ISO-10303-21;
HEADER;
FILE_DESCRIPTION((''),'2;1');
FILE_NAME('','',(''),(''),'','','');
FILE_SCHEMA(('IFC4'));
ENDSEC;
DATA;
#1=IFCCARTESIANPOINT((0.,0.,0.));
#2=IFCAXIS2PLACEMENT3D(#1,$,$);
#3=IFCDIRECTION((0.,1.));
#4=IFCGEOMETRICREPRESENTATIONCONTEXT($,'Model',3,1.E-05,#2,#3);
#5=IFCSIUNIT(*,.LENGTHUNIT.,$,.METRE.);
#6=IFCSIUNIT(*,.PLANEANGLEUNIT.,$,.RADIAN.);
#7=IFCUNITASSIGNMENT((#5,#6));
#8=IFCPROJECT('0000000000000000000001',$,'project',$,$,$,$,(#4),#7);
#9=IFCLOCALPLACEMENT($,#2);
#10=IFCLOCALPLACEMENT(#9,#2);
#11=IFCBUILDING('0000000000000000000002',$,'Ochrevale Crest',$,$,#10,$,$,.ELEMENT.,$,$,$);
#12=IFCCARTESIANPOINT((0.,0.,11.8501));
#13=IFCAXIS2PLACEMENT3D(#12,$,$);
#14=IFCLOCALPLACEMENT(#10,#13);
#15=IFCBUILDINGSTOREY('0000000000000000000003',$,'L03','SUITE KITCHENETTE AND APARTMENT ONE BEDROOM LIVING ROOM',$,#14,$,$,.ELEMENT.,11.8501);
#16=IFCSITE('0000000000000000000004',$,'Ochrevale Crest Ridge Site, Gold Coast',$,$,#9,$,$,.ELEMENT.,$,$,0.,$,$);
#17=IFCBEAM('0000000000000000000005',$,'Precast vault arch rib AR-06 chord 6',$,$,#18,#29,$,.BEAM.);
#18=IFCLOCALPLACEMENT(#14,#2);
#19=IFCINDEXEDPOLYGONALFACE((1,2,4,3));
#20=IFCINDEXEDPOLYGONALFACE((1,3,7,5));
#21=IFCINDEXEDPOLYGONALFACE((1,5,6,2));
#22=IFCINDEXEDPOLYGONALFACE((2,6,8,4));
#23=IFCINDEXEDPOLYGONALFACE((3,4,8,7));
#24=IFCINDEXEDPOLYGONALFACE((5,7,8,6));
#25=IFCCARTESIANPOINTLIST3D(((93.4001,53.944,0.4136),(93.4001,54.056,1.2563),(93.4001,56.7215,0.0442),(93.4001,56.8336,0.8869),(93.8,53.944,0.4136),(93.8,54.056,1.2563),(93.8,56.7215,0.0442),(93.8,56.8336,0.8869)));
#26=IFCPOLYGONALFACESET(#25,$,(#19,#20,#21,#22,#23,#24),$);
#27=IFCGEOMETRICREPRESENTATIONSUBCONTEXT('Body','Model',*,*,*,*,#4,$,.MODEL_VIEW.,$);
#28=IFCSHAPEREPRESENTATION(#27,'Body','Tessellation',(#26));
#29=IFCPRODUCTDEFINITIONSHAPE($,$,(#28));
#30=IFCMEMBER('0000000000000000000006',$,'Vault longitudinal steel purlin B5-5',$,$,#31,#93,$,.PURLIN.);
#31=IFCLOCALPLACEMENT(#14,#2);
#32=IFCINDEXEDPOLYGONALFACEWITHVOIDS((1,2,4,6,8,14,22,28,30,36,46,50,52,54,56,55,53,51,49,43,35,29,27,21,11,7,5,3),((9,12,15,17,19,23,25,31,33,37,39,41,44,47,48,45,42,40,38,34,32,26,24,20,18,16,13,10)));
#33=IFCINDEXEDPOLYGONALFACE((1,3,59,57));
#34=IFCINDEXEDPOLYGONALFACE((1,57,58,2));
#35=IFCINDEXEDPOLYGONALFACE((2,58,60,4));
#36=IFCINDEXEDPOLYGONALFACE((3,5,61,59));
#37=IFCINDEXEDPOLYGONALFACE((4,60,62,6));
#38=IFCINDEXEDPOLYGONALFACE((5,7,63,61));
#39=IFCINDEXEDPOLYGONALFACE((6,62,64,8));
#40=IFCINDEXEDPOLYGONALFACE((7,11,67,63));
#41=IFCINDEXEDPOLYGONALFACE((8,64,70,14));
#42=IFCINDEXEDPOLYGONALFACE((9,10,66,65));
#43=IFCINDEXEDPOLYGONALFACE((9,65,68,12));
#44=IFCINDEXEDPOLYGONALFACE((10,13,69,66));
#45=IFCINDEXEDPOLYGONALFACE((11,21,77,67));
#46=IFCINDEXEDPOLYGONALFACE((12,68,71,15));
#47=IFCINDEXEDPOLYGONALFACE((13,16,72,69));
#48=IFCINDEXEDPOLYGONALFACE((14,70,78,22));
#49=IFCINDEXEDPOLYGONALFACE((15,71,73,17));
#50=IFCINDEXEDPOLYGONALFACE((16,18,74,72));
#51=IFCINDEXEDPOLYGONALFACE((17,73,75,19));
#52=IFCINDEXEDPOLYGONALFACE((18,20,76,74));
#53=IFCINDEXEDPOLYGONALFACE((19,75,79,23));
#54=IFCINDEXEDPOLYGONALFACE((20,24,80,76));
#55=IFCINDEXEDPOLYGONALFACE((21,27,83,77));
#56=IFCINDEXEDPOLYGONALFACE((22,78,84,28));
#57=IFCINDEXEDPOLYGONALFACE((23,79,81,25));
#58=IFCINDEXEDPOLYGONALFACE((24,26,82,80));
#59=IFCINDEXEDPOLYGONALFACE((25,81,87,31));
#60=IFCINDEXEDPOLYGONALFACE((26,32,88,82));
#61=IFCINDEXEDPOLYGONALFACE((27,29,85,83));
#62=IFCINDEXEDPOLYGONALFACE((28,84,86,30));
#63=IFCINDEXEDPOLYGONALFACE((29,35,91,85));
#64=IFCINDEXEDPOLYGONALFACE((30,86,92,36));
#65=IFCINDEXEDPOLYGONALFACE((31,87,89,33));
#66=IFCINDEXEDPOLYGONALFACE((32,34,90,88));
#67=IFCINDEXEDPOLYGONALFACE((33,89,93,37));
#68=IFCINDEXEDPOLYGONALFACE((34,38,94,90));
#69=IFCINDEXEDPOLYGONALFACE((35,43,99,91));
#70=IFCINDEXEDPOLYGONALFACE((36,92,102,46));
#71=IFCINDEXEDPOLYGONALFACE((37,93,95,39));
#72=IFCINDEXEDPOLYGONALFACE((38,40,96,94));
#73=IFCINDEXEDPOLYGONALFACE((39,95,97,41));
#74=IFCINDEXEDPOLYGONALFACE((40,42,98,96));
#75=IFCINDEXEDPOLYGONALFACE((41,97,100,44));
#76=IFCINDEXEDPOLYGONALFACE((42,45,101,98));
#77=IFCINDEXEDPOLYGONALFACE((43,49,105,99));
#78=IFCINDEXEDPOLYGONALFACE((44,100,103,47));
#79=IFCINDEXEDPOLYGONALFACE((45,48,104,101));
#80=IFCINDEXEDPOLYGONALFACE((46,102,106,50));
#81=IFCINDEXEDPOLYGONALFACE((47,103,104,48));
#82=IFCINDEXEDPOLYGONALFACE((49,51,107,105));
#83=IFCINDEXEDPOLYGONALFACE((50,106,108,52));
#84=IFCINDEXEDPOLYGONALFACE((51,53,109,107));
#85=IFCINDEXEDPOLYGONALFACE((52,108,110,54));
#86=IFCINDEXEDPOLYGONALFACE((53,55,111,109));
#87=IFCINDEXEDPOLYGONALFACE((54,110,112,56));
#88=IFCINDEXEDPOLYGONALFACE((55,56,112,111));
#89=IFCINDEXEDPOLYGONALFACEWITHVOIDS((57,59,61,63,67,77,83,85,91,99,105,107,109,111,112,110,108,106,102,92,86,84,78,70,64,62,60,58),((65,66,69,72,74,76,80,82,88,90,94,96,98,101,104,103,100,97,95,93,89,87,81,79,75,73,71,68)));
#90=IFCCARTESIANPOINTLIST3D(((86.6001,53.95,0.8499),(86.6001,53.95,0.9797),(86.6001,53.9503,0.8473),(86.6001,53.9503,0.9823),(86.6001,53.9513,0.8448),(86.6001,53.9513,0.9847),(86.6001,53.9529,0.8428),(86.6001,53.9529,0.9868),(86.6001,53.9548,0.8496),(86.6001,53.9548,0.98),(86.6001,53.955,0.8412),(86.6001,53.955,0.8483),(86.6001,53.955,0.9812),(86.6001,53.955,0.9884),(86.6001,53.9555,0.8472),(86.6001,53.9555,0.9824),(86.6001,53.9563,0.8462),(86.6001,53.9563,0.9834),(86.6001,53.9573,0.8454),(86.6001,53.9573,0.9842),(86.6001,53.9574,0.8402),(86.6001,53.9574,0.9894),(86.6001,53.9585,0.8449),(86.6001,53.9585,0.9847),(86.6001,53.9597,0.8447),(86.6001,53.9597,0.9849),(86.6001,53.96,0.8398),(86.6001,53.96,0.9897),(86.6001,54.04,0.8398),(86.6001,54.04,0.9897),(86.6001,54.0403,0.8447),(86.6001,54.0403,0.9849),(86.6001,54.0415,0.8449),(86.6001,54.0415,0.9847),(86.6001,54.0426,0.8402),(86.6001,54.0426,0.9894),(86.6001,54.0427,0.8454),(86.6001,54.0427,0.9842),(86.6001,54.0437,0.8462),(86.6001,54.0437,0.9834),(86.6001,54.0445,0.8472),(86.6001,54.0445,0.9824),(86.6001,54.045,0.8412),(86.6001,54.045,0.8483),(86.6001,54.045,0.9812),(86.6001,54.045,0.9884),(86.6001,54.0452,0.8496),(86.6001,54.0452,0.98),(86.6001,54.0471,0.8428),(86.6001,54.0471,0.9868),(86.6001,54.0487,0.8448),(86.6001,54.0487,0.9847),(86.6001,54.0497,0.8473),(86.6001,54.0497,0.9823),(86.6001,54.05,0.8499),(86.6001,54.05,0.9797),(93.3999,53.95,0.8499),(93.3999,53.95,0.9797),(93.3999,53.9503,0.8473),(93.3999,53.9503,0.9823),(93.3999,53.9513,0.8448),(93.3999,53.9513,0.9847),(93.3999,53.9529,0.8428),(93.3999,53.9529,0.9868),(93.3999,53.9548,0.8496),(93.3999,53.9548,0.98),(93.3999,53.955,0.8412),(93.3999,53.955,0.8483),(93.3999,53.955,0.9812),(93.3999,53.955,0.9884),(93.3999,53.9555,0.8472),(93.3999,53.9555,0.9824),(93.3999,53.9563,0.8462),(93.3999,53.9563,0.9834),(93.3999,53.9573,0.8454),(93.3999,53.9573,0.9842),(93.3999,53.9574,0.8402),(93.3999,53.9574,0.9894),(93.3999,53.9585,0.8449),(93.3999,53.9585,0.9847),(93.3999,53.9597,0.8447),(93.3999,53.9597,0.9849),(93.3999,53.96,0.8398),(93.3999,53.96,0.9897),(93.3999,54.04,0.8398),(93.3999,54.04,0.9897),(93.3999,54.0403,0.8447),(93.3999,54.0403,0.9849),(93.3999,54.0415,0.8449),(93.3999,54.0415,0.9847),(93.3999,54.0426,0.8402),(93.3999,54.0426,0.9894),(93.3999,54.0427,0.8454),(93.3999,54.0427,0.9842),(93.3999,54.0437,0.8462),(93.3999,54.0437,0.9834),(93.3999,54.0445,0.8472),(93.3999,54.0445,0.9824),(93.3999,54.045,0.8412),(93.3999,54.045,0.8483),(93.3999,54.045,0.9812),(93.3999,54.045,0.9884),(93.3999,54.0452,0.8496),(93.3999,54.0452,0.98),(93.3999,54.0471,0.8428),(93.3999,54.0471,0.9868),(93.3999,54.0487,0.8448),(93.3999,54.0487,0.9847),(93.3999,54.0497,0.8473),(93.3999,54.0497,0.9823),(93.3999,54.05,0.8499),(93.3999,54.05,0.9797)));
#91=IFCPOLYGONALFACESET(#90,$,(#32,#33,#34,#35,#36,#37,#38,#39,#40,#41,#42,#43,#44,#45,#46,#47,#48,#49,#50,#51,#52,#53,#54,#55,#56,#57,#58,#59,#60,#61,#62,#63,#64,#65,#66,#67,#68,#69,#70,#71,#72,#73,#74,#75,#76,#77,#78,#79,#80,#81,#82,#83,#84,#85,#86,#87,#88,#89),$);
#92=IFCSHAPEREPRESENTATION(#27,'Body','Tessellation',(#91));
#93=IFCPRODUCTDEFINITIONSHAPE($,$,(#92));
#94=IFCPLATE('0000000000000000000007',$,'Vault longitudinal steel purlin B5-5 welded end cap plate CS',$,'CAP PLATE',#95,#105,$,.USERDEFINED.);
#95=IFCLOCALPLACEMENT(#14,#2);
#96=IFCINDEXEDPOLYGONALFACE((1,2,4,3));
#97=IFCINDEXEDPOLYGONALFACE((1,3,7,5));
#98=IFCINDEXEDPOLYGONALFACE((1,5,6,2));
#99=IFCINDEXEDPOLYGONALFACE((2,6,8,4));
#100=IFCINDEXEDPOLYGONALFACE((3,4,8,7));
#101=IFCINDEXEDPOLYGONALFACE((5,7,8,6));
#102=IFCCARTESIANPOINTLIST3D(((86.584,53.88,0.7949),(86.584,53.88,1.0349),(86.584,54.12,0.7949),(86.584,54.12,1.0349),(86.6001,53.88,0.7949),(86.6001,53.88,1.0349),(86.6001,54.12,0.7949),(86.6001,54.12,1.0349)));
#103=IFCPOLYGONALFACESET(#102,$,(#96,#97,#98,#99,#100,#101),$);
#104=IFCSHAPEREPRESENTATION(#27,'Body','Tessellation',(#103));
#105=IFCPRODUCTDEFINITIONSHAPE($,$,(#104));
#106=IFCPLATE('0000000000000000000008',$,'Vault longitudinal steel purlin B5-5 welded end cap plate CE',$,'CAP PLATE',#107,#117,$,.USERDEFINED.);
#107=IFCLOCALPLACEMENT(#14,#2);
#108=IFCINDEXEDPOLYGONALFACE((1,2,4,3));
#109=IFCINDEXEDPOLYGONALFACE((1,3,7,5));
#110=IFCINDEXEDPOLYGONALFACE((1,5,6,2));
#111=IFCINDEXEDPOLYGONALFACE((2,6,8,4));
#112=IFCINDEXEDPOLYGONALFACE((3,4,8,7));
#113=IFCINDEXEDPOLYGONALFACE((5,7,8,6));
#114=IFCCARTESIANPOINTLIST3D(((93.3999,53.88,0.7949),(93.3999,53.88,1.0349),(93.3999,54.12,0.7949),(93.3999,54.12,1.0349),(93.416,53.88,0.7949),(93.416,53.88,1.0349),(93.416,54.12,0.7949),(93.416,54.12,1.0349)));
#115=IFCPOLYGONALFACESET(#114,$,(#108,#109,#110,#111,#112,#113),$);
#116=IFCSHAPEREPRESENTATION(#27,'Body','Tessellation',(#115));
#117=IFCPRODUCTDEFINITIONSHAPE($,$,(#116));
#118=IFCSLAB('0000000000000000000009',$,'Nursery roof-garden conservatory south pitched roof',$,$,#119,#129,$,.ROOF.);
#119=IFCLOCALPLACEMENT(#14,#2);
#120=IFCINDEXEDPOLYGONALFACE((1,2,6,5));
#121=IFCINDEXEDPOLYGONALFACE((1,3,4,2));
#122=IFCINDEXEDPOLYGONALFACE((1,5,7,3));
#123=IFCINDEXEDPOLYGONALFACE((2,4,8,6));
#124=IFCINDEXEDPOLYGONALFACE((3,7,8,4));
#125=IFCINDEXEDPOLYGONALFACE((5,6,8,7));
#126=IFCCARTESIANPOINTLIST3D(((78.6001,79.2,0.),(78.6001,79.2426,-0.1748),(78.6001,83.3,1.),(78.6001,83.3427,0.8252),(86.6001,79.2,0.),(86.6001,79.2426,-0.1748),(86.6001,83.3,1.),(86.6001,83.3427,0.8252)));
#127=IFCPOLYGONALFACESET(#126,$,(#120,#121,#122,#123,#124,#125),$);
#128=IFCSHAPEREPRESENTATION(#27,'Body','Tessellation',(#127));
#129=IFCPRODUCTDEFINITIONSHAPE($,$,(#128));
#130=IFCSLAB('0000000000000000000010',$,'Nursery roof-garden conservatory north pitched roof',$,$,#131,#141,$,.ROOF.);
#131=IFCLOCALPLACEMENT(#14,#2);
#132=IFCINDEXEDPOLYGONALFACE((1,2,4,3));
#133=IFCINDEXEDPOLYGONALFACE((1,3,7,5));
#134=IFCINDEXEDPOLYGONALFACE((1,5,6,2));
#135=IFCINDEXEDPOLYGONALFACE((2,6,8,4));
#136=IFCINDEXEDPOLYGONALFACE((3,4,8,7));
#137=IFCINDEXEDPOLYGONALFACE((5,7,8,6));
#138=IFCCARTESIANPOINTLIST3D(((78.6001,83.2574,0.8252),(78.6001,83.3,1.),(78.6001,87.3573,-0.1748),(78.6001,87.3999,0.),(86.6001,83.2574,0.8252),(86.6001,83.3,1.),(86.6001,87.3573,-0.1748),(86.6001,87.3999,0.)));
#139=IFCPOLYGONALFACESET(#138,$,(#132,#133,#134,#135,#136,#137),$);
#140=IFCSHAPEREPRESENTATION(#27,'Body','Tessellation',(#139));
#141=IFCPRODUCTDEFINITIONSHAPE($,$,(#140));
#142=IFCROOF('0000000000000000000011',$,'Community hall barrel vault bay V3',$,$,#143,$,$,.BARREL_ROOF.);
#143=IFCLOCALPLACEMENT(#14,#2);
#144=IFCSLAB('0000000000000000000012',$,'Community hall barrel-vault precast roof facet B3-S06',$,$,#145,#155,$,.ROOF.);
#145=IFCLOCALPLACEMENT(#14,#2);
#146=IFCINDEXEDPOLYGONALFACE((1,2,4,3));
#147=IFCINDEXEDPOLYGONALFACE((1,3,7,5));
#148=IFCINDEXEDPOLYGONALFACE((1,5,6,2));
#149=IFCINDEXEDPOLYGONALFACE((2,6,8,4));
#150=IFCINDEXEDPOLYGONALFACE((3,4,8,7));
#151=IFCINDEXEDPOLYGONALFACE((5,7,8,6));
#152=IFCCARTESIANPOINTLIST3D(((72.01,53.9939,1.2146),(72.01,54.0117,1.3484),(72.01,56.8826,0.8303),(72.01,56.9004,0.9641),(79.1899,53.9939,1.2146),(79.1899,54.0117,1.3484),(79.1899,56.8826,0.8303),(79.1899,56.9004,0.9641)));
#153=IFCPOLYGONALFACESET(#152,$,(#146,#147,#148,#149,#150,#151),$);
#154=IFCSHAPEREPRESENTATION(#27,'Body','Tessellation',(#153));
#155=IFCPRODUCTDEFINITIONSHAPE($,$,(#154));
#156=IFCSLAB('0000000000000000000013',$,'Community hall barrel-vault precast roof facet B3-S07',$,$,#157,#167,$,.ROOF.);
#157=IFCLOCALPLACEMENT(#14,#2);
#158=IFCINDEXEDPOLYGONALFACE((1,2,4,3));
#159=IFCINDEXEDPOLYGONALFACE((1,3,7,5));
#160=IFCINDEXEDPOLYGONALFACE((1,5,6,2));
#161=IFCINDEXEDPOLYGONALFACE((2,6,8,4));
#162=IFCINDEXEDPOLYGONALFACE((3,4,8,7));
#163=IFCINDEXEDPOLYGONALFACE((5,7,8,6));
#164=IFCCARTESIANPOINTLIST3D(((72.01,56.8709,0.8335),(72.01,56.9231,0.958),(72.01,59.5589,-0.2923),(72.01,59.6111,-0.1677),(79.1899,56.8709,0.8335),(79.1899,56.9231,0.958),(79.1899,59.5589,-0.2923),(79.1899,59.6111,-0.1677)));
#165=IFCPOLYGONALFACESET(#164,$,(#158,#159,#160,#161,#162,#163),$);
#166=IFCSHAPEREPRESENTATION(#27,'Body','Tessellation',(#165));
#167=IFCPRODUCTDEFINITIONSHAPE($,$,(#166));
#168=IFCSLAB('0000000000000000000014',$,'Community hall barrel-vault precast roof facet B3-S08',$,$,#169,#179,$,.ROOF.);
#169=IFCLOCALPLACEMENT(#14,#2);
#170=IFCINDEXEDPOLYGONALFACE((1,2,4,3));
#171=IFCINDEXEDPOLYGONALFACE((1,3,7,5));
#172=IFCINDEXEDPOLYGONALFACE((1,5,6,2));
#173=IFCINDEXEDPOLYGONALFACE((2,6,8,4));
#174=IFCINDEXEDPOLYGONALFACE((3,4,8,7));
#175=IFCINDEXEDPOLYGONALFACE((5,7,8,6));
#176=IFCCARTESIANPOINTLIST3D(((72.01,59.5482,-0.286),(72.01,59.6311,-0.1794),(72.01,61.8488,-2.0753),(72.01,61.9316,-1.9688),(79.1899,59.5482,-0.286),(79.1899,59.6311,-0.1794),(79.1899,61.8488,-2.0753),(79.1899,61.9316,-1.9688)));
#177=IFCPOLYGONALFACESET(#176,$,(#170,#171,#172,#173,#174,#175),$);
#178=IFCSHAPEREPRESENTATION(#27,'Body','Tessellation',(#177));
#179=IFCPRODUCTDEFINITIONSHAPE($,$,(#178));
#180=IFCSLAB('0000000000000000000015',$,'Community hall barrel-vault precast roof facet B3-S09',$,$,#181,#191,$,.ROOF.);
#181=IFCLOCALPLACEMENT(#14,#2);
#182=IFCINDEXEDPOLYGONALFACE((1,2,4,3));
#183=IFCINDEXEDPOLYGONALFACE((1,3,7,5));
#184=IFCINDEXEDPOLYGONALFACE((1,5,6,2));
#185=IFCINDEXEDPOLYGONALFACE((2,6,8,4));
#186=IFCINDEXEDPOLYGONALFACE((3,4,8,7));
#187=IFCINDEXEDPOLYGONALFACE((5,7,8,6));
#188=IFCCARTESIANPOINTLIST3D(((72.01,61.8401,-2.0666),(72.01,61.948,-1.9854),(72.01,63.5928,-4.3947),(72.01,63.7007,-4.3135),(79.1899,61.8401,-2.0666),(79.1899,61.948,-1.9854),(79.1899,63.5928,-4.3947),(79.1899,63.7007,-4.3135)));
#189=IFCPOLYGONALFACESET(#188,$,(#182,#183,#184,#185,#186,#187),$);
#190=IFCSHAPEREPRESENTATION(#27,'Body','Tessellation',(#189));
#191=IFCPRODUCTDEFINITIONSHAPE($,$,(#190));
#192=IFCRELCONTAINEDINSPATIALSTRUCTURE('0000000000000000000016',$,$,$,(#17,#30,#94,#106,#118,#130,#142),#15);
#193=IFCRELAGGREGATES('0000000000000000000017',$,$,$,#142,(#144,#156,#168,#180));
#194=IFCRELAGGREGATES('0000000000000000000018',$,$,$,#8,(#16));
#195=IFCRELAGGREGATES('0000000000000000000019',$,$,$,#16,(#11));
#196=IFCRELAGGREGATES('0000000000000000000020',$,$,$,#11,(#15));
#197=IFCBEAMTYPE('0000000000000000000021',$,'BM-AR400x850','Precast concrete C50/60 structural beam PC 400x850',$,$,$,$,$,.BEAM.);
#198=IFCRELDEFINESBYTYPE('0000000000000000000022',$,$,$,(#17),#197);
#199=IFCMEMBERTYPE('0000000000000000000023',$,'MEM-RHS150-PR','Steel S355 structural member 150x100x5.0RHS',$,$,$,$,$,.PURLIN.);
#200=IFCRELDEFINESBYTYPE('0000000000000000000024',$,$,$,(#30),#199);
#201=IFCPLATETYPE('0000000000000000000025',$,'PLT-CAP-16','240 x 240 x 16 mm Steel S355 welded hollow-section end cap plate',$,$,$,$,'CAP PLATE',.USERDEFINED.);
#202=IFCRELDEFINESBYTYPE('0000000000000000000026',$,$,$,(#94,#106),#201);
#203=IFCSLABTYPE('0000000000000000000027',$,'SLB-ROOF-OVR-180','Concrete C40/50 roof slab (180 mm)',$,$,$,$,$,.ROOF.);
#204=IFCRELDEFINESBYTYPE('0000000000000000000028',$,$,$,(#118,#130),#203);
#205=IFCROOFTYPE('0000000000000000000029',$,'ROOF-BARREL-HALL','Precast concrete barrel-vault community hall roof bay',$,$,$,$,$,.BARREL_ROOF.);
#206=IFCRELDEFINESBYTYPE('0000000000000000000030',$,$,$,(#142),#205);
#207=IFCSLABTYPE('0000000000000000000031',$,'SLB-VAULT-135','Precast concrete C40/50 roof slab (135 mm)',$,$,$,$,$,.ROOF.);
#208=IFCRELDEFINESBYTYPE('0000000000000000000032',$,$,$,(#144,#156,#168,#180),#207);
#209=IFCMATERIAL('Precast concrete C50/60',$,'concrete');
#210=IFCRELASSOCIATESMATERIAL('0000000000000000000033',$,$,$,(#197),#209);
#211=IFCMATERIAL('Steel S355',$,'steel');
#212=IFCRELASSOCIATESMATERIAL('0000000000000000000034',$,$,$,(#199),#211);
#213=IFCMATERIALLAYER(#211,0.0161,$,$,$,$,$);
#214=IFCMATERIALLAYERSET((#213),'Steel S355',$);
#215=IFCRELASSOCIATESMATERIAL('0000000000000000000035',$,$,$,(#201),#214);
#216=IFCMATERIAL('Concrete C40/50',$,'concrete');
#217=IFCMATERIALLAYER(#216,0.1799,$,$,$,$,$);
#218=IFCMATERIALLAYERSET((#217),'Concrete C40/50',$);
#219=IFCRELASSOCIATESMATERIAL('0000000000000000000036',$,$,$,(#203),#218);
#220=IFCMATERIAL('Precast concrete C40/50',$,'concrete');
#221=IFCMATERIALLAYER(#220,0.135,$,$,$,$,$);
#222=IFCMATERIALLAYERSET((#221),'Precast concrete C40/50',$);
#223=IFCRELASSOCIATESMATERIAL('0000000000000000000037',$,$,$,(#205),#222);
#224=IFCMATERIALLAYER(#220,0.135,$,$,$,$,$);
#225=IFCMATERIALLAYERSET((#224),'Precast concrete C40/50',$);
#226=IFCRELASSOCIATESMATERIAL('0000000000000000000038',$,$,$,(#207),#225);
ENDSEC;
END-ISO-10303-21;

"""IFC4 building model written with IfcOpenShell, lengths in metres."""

from ifc_helpers import new_model, si_unit, direction, frame, origin, origin_2d, place, context, subcontext, project, spatial, polyline, rectangle, hollow_rectangle, outline, extrude, material, layer, layer_set, material_profile, profile_set, type_object, element, aggregate, save


model = new_model("IFC4")

# Units and contexts
model_context = context("Model", 3, precision=1e-05, world=origin(), true_north=direction((0.0, 1.0)))
body_context = subcontext(model_context, "Body", "Model", "MODEL_VIEW")
ifc_project = project(units=[si_unit("LENGTHUNIT", "METRE"), si_unit("PLANEANGLEUNIT", "RADIAN")], contexts=[model_context])

# Site, building, storey
site_placement = place(None, origin())
site = spatial("IfcSite", under=ifc_project, at=site_placement, Name="Ochrevale Crest Ridge Site, Gold Coast", CompositionType="ELEMENT", RefElevation=0.0)
building_placement = place(site_placement, origin())
building = spatial("IfcBuilding", under=site, at=building_placement, Name="Ochrevale Crest", CompositionType="ELEMENT")
storey_placement = place(building_placement, frame((0.0, 0.0, 11.8501)))
storey = spatial("IfcBuildingStorey", under=building, at=storey_placement, Name="L03", Description="SUITE KITCHENETTE AND APARTMENT ONE BEDROOM LIVING ROOM", CompositionType="ELEMENT", Elevation=11.8501)

# Beam
ifc_material_1 = material(Name="Precast concrete C50/60", Category="concrete")
ifc_material_profile_1 = material_profile(ifc_material_1, rectangle(XDim=0.3999, YDim=0.8501, at=origin_2d()), Name="PC 400x850")
ifc_profile_set_1 = profile_set([ifc_material_profile_1], Name="Precast concrete C50/60")
beam_type = type_object("IfcBeamType", Name="BM-AR400x850", Description="Precast concrete C50/60 structural beam PC 400x850", PredefinedType="BEAM", material=ifc_profile_set_1)
beam_placement = place(storey_placement, frame((93.6001, 54.0, 0.835), z_axis=(0.0, 0.991273, -0.131827), x_axis=(-1.0, 0.0, 0.0)))
element("IfcBeam", 1, at=beam_placement, inside=storey, type_object=beam_type, Name="Precast vault arch rib AR-06 chord 6", PredefinedType="BEAM", context=body_context, shape_type="SweptSolid", body=[
    extrude(rectangle(XDim=0.3999, YDim=0.8501, at=origin_2d()), origin(), (0.0, 0.0, 1.0), 2.802),
])

# Member
ifc_material_2 = material(Name="Steel S355", Category="steel")
ifc_material_profile_2 = material_profile(ifc_material_2, hollow_rectangle(XDim=0.1001, YDim=0.1499, WallThickness=0.0049, InnerFilletRadius=0.0049, OuterFilletRadius=0.01, at=origin_2d()), Name="150x100x5.0RHS")
ifc_profile_set_2 = profile_set([ifc_material_profile_2], Name="Steel S355")
member_type = type_object("IfcMemberType", Name="MEM-RHS150-PR", Description="Steel S355 structural member 150x100x5.0RHS", PredefinedType="PURLIN", material=ifc_profile_set_2)
member_placement = place(storey_placement, frame((86.6001, 54.0, 0.9148), z_axis=(1.0, 0.0, 0.0), x_axis=(0.0, 1.0, 0.0)))
element("IfcMember", 2, at=member_placement, inside=storey, type_object=member_type, Name="Vault longitudinal steel purlin B5-5", PredefinedType="PURLIN", context=body_context, shape_type="SweptSolid", body=[
    extrude(hollow_rectangle(XDim=0.1001, YDim=0.1499, WallThickness=0.0049, InnerFilletRadius=0.0049, OuterFilletRadius=0.01, at=origin_2d()), origin(), (0.0, 0.0, 1.0), 6.7998),
])

# Plates
ifc_layer_1 = layer(ifc_material_2, 0.0161)
ifc_layer_set_1 = layer_set([ifc_layer_1], Name="Steel S355")
plate_type = type_object("IfcPlateType", Name="PLT-CAP-16", Description="240 x 240 x 16 mm Steel S355 welded hollow-section end cap plate", ElementType="CAP PLATE", PredefinedType="USERDEFINED", material=ifc_layer_set_1)
for number, where, z_axis, x_axis, name in (
    (3, (86.592, 54.0, 0.7949), (0.0, 0.0, 1.0), (1.0, 0.0, 0.0), "Vault longitudinal steel purlin B5-5 welded end cap plate CS"),
    (4, (93.408, 54.0, 0.7949), (0.0, 0.0, 1.0), (1.0, 0.0, 0.0), "Vault longitudinal steel purlin B5-5 welded end cap plate CE"),
):
    element("IfcPlate", number, at=place(storey_placement, frame(where, z_axis=z_axis, x_axis=x_axis)), inside=storey, type_object=plate_type, Name=name, ObjectType="CAP PLATE", PredefinedType="USERDEFINED", context=body_context, shape_type="SweptSolid", body=[
        extrude(rectangle(XDim=0.0161, YDim=0.24, at=origin_2d()), origin(), (0.0, 0.0, 1.0), 0.24),
    ])

# Slabs
ifc_material_3 = material(Name="Concrete C40/50", Category="concrete")
ifc_layer_2 = layer(ifc_material_3, 0.1799)
ifc_layer_set_2 = layer_set([ifc_layer_2], Name="Concrete C40/50")
slab_type_1 = type_object("IfcSlabType", Name="SLB-ROOF-OVR-180", Description="Concrete C40/50 roof slab (180 mm)", PredefinedType="ROOF", material=ifc_layer_set_2)
slab_1_placement = place(storey_placement, frame((78.6001, 79.2, 0.0), z_axis=(0.0, -0.236951, 0.971522), x_axis=(1.0, 0.0, 0.0)))
element("IfcSlab", 5, at=slab_1_placement, inside=storey, type_object=slab_type_1, Name="Nursery roof-garden conservatory south pitched roof", PredefinedType="ROOF", context=body_context, shape_type="SweptSolid", body=[
    extrude(outline(polyline([(0.0, 0.0), (8.0, 0.0), (8.0, 4.2203), (0.0, 4.2203), (0.0, 0.0)])), origin(), (0.0, 0.0, -1.0), 0.1799),
])
slab_2_placement = place(storey_placement, frame((78.6001, 83.3, 1.0), z_axis=(0.0, 0.236964, 0.971518), x_axis=(1.0, 0.0, 0.0)))
element("IfcSlab", 6, at=slab_2_placement, inside=storey, type_object=slab_type_1, Name="Nursery roof-garden conservatory north pitched roof", PredefinedType="ROOF", context=body_context, shape_type="SweptSolid", body=[
    extrude(outline(polyline([(0.0, 0.0), (8.0, 0.0), (8.0, 4.22), (0.0, 4.22), (0.0, 0.0)])), origin(), (0.0, 0.0, -1.0), 0.1799),
])

# Roof, slabs
ifc_material_4 = material(Name="Precast concrete C40/50", Category="concrete")
ifc_layer_3 = layer(ifc_material_4, 0.135)
ifc_layer_set_3 = layer_set([ifc_layer_3], Name="Precast concrete C40/50")
roof_type = type_object("IfcRoofType", Name="ROOF-BARREL-HALL", Description="Precast concrete barrel-vault community hall roof bay", PredefinedType="BARREL_ROOF", material=ifc_layer_set_3)
roof_1_placement = place(storey_placement, origin())
roof_1 = element("IfcRoof", 7, at=roof_1_placement, inside=storey, type_object=roof_type, Name="Community hall barrel vault bay V3", PredefinedType="BARREL_ROOF")
ifc_layer_4 = layer(ifc_material_4, 0.135)
ifc_layer_set_4 = layer_set([ifc_layer_4], Name="Precast concrete C40/50")
slab_type_2 = type_object("IfcSlabType", Name="SLB-VAULT-135", Description="Precast concrete C40/50 roof slab (135 mm)", PredefinedType="ROOF", material=ifc_layer_set_4)
slab_3_placement = place(storey_placement, frame((72.01, 54.0117, 1.3484), z_axis=(0.0, 0.131867, 0.991267), x_axis=(1.0, 0.0, 0.0)))
slab_3 = element("IfcSlab", 8, at=slab_3_placement, type_object=slab_type_2, Name="Community hall barrel-vault precast roof facet B3-S06", PredefinedType="ROOF", context=body_context, shape_type="SweptSolid", body=[
    extrude(outline(polyline([(0.0, 0.0), (7.1799, 0.0), (7.1799, 2.9141), (0.0, 2.9141), (0.0, 0.0)])), origin(), (0.0, 0.0, -1.0), 0.135),
])
slab_4_placement = place(storey_placement, frame((72.01, 56.9231, 0.958), z_axis=(0.0, 0.386292, 0.922376), x_axis=(1.0, 0.0, 0.0)))
slab_4 = element("IfcSlab", 9, at=slab_4_placement, type_object=slab_type_2, Name="Community hall barrel-vault precast roof facet B3-S07", PredefinedType="ROOF", context=body_context, shape_type="SweptSolid", body=[
    extrude(outline(polyline([(0.0, 0.0), (7.1799, 0.0), (7.1799, 2.9142), (0.0, 2.9142), (0.0, 0.0)])), origin(), (0.0, 0.0, -1.0), 0.135),
])
slab_5_placement = place(storey_placement, frame((72.01, 59.6311, -0.1794), z_axis=(0.0, 0.613941, 0.789352), x_axis=(1.0, 0.0, 0.0)))
slab_5 = element("IfcSlab", 10, at=slab_5_placement, type_object=slab_type_2, Name="Community hall barrel-vault precast roof facet B3-S08", PredefinedType="ROOF", context=body_context, shape_type="SweptSolid", body=[
    extrude(outline(polyline([(0.0, 0.0), (7.1799, 0.0), (7.1799, 2.9145), (0.0, 2.9145), (0.0, 0.0)])), origin(), (0.0, 0.0, -1.0), 0.135),
])
slab_6_placement = place(storey_placement, frame((72.01, 61.948, -1.9854), z_axis=(0.0, 0.798913, 0.601447), x_axis=(1.0, 0.0, 0.0)))
slab_6 = element("IfcSlab", 11, at=slab_6_placement, type_object=slab_type_2, Name="Community hall barrel-vault precast roof facet B3-S09", PredefinedType="ROOF", context=body_context, shape_type="SweptSolid", body=[
    extrude(outline(polyline([(0.0, 0.0), (7.1799, 0.0), (7.1799, 2.9141), (0.0, 2.9141), (0.0, 0.0)])), origin(), (0.0, 0.0, -1.0), 0.135),
])
aggregate(roof_1, [slab_3, slab_4, slab_5, slab_6])

save(model, "model.ifc")
